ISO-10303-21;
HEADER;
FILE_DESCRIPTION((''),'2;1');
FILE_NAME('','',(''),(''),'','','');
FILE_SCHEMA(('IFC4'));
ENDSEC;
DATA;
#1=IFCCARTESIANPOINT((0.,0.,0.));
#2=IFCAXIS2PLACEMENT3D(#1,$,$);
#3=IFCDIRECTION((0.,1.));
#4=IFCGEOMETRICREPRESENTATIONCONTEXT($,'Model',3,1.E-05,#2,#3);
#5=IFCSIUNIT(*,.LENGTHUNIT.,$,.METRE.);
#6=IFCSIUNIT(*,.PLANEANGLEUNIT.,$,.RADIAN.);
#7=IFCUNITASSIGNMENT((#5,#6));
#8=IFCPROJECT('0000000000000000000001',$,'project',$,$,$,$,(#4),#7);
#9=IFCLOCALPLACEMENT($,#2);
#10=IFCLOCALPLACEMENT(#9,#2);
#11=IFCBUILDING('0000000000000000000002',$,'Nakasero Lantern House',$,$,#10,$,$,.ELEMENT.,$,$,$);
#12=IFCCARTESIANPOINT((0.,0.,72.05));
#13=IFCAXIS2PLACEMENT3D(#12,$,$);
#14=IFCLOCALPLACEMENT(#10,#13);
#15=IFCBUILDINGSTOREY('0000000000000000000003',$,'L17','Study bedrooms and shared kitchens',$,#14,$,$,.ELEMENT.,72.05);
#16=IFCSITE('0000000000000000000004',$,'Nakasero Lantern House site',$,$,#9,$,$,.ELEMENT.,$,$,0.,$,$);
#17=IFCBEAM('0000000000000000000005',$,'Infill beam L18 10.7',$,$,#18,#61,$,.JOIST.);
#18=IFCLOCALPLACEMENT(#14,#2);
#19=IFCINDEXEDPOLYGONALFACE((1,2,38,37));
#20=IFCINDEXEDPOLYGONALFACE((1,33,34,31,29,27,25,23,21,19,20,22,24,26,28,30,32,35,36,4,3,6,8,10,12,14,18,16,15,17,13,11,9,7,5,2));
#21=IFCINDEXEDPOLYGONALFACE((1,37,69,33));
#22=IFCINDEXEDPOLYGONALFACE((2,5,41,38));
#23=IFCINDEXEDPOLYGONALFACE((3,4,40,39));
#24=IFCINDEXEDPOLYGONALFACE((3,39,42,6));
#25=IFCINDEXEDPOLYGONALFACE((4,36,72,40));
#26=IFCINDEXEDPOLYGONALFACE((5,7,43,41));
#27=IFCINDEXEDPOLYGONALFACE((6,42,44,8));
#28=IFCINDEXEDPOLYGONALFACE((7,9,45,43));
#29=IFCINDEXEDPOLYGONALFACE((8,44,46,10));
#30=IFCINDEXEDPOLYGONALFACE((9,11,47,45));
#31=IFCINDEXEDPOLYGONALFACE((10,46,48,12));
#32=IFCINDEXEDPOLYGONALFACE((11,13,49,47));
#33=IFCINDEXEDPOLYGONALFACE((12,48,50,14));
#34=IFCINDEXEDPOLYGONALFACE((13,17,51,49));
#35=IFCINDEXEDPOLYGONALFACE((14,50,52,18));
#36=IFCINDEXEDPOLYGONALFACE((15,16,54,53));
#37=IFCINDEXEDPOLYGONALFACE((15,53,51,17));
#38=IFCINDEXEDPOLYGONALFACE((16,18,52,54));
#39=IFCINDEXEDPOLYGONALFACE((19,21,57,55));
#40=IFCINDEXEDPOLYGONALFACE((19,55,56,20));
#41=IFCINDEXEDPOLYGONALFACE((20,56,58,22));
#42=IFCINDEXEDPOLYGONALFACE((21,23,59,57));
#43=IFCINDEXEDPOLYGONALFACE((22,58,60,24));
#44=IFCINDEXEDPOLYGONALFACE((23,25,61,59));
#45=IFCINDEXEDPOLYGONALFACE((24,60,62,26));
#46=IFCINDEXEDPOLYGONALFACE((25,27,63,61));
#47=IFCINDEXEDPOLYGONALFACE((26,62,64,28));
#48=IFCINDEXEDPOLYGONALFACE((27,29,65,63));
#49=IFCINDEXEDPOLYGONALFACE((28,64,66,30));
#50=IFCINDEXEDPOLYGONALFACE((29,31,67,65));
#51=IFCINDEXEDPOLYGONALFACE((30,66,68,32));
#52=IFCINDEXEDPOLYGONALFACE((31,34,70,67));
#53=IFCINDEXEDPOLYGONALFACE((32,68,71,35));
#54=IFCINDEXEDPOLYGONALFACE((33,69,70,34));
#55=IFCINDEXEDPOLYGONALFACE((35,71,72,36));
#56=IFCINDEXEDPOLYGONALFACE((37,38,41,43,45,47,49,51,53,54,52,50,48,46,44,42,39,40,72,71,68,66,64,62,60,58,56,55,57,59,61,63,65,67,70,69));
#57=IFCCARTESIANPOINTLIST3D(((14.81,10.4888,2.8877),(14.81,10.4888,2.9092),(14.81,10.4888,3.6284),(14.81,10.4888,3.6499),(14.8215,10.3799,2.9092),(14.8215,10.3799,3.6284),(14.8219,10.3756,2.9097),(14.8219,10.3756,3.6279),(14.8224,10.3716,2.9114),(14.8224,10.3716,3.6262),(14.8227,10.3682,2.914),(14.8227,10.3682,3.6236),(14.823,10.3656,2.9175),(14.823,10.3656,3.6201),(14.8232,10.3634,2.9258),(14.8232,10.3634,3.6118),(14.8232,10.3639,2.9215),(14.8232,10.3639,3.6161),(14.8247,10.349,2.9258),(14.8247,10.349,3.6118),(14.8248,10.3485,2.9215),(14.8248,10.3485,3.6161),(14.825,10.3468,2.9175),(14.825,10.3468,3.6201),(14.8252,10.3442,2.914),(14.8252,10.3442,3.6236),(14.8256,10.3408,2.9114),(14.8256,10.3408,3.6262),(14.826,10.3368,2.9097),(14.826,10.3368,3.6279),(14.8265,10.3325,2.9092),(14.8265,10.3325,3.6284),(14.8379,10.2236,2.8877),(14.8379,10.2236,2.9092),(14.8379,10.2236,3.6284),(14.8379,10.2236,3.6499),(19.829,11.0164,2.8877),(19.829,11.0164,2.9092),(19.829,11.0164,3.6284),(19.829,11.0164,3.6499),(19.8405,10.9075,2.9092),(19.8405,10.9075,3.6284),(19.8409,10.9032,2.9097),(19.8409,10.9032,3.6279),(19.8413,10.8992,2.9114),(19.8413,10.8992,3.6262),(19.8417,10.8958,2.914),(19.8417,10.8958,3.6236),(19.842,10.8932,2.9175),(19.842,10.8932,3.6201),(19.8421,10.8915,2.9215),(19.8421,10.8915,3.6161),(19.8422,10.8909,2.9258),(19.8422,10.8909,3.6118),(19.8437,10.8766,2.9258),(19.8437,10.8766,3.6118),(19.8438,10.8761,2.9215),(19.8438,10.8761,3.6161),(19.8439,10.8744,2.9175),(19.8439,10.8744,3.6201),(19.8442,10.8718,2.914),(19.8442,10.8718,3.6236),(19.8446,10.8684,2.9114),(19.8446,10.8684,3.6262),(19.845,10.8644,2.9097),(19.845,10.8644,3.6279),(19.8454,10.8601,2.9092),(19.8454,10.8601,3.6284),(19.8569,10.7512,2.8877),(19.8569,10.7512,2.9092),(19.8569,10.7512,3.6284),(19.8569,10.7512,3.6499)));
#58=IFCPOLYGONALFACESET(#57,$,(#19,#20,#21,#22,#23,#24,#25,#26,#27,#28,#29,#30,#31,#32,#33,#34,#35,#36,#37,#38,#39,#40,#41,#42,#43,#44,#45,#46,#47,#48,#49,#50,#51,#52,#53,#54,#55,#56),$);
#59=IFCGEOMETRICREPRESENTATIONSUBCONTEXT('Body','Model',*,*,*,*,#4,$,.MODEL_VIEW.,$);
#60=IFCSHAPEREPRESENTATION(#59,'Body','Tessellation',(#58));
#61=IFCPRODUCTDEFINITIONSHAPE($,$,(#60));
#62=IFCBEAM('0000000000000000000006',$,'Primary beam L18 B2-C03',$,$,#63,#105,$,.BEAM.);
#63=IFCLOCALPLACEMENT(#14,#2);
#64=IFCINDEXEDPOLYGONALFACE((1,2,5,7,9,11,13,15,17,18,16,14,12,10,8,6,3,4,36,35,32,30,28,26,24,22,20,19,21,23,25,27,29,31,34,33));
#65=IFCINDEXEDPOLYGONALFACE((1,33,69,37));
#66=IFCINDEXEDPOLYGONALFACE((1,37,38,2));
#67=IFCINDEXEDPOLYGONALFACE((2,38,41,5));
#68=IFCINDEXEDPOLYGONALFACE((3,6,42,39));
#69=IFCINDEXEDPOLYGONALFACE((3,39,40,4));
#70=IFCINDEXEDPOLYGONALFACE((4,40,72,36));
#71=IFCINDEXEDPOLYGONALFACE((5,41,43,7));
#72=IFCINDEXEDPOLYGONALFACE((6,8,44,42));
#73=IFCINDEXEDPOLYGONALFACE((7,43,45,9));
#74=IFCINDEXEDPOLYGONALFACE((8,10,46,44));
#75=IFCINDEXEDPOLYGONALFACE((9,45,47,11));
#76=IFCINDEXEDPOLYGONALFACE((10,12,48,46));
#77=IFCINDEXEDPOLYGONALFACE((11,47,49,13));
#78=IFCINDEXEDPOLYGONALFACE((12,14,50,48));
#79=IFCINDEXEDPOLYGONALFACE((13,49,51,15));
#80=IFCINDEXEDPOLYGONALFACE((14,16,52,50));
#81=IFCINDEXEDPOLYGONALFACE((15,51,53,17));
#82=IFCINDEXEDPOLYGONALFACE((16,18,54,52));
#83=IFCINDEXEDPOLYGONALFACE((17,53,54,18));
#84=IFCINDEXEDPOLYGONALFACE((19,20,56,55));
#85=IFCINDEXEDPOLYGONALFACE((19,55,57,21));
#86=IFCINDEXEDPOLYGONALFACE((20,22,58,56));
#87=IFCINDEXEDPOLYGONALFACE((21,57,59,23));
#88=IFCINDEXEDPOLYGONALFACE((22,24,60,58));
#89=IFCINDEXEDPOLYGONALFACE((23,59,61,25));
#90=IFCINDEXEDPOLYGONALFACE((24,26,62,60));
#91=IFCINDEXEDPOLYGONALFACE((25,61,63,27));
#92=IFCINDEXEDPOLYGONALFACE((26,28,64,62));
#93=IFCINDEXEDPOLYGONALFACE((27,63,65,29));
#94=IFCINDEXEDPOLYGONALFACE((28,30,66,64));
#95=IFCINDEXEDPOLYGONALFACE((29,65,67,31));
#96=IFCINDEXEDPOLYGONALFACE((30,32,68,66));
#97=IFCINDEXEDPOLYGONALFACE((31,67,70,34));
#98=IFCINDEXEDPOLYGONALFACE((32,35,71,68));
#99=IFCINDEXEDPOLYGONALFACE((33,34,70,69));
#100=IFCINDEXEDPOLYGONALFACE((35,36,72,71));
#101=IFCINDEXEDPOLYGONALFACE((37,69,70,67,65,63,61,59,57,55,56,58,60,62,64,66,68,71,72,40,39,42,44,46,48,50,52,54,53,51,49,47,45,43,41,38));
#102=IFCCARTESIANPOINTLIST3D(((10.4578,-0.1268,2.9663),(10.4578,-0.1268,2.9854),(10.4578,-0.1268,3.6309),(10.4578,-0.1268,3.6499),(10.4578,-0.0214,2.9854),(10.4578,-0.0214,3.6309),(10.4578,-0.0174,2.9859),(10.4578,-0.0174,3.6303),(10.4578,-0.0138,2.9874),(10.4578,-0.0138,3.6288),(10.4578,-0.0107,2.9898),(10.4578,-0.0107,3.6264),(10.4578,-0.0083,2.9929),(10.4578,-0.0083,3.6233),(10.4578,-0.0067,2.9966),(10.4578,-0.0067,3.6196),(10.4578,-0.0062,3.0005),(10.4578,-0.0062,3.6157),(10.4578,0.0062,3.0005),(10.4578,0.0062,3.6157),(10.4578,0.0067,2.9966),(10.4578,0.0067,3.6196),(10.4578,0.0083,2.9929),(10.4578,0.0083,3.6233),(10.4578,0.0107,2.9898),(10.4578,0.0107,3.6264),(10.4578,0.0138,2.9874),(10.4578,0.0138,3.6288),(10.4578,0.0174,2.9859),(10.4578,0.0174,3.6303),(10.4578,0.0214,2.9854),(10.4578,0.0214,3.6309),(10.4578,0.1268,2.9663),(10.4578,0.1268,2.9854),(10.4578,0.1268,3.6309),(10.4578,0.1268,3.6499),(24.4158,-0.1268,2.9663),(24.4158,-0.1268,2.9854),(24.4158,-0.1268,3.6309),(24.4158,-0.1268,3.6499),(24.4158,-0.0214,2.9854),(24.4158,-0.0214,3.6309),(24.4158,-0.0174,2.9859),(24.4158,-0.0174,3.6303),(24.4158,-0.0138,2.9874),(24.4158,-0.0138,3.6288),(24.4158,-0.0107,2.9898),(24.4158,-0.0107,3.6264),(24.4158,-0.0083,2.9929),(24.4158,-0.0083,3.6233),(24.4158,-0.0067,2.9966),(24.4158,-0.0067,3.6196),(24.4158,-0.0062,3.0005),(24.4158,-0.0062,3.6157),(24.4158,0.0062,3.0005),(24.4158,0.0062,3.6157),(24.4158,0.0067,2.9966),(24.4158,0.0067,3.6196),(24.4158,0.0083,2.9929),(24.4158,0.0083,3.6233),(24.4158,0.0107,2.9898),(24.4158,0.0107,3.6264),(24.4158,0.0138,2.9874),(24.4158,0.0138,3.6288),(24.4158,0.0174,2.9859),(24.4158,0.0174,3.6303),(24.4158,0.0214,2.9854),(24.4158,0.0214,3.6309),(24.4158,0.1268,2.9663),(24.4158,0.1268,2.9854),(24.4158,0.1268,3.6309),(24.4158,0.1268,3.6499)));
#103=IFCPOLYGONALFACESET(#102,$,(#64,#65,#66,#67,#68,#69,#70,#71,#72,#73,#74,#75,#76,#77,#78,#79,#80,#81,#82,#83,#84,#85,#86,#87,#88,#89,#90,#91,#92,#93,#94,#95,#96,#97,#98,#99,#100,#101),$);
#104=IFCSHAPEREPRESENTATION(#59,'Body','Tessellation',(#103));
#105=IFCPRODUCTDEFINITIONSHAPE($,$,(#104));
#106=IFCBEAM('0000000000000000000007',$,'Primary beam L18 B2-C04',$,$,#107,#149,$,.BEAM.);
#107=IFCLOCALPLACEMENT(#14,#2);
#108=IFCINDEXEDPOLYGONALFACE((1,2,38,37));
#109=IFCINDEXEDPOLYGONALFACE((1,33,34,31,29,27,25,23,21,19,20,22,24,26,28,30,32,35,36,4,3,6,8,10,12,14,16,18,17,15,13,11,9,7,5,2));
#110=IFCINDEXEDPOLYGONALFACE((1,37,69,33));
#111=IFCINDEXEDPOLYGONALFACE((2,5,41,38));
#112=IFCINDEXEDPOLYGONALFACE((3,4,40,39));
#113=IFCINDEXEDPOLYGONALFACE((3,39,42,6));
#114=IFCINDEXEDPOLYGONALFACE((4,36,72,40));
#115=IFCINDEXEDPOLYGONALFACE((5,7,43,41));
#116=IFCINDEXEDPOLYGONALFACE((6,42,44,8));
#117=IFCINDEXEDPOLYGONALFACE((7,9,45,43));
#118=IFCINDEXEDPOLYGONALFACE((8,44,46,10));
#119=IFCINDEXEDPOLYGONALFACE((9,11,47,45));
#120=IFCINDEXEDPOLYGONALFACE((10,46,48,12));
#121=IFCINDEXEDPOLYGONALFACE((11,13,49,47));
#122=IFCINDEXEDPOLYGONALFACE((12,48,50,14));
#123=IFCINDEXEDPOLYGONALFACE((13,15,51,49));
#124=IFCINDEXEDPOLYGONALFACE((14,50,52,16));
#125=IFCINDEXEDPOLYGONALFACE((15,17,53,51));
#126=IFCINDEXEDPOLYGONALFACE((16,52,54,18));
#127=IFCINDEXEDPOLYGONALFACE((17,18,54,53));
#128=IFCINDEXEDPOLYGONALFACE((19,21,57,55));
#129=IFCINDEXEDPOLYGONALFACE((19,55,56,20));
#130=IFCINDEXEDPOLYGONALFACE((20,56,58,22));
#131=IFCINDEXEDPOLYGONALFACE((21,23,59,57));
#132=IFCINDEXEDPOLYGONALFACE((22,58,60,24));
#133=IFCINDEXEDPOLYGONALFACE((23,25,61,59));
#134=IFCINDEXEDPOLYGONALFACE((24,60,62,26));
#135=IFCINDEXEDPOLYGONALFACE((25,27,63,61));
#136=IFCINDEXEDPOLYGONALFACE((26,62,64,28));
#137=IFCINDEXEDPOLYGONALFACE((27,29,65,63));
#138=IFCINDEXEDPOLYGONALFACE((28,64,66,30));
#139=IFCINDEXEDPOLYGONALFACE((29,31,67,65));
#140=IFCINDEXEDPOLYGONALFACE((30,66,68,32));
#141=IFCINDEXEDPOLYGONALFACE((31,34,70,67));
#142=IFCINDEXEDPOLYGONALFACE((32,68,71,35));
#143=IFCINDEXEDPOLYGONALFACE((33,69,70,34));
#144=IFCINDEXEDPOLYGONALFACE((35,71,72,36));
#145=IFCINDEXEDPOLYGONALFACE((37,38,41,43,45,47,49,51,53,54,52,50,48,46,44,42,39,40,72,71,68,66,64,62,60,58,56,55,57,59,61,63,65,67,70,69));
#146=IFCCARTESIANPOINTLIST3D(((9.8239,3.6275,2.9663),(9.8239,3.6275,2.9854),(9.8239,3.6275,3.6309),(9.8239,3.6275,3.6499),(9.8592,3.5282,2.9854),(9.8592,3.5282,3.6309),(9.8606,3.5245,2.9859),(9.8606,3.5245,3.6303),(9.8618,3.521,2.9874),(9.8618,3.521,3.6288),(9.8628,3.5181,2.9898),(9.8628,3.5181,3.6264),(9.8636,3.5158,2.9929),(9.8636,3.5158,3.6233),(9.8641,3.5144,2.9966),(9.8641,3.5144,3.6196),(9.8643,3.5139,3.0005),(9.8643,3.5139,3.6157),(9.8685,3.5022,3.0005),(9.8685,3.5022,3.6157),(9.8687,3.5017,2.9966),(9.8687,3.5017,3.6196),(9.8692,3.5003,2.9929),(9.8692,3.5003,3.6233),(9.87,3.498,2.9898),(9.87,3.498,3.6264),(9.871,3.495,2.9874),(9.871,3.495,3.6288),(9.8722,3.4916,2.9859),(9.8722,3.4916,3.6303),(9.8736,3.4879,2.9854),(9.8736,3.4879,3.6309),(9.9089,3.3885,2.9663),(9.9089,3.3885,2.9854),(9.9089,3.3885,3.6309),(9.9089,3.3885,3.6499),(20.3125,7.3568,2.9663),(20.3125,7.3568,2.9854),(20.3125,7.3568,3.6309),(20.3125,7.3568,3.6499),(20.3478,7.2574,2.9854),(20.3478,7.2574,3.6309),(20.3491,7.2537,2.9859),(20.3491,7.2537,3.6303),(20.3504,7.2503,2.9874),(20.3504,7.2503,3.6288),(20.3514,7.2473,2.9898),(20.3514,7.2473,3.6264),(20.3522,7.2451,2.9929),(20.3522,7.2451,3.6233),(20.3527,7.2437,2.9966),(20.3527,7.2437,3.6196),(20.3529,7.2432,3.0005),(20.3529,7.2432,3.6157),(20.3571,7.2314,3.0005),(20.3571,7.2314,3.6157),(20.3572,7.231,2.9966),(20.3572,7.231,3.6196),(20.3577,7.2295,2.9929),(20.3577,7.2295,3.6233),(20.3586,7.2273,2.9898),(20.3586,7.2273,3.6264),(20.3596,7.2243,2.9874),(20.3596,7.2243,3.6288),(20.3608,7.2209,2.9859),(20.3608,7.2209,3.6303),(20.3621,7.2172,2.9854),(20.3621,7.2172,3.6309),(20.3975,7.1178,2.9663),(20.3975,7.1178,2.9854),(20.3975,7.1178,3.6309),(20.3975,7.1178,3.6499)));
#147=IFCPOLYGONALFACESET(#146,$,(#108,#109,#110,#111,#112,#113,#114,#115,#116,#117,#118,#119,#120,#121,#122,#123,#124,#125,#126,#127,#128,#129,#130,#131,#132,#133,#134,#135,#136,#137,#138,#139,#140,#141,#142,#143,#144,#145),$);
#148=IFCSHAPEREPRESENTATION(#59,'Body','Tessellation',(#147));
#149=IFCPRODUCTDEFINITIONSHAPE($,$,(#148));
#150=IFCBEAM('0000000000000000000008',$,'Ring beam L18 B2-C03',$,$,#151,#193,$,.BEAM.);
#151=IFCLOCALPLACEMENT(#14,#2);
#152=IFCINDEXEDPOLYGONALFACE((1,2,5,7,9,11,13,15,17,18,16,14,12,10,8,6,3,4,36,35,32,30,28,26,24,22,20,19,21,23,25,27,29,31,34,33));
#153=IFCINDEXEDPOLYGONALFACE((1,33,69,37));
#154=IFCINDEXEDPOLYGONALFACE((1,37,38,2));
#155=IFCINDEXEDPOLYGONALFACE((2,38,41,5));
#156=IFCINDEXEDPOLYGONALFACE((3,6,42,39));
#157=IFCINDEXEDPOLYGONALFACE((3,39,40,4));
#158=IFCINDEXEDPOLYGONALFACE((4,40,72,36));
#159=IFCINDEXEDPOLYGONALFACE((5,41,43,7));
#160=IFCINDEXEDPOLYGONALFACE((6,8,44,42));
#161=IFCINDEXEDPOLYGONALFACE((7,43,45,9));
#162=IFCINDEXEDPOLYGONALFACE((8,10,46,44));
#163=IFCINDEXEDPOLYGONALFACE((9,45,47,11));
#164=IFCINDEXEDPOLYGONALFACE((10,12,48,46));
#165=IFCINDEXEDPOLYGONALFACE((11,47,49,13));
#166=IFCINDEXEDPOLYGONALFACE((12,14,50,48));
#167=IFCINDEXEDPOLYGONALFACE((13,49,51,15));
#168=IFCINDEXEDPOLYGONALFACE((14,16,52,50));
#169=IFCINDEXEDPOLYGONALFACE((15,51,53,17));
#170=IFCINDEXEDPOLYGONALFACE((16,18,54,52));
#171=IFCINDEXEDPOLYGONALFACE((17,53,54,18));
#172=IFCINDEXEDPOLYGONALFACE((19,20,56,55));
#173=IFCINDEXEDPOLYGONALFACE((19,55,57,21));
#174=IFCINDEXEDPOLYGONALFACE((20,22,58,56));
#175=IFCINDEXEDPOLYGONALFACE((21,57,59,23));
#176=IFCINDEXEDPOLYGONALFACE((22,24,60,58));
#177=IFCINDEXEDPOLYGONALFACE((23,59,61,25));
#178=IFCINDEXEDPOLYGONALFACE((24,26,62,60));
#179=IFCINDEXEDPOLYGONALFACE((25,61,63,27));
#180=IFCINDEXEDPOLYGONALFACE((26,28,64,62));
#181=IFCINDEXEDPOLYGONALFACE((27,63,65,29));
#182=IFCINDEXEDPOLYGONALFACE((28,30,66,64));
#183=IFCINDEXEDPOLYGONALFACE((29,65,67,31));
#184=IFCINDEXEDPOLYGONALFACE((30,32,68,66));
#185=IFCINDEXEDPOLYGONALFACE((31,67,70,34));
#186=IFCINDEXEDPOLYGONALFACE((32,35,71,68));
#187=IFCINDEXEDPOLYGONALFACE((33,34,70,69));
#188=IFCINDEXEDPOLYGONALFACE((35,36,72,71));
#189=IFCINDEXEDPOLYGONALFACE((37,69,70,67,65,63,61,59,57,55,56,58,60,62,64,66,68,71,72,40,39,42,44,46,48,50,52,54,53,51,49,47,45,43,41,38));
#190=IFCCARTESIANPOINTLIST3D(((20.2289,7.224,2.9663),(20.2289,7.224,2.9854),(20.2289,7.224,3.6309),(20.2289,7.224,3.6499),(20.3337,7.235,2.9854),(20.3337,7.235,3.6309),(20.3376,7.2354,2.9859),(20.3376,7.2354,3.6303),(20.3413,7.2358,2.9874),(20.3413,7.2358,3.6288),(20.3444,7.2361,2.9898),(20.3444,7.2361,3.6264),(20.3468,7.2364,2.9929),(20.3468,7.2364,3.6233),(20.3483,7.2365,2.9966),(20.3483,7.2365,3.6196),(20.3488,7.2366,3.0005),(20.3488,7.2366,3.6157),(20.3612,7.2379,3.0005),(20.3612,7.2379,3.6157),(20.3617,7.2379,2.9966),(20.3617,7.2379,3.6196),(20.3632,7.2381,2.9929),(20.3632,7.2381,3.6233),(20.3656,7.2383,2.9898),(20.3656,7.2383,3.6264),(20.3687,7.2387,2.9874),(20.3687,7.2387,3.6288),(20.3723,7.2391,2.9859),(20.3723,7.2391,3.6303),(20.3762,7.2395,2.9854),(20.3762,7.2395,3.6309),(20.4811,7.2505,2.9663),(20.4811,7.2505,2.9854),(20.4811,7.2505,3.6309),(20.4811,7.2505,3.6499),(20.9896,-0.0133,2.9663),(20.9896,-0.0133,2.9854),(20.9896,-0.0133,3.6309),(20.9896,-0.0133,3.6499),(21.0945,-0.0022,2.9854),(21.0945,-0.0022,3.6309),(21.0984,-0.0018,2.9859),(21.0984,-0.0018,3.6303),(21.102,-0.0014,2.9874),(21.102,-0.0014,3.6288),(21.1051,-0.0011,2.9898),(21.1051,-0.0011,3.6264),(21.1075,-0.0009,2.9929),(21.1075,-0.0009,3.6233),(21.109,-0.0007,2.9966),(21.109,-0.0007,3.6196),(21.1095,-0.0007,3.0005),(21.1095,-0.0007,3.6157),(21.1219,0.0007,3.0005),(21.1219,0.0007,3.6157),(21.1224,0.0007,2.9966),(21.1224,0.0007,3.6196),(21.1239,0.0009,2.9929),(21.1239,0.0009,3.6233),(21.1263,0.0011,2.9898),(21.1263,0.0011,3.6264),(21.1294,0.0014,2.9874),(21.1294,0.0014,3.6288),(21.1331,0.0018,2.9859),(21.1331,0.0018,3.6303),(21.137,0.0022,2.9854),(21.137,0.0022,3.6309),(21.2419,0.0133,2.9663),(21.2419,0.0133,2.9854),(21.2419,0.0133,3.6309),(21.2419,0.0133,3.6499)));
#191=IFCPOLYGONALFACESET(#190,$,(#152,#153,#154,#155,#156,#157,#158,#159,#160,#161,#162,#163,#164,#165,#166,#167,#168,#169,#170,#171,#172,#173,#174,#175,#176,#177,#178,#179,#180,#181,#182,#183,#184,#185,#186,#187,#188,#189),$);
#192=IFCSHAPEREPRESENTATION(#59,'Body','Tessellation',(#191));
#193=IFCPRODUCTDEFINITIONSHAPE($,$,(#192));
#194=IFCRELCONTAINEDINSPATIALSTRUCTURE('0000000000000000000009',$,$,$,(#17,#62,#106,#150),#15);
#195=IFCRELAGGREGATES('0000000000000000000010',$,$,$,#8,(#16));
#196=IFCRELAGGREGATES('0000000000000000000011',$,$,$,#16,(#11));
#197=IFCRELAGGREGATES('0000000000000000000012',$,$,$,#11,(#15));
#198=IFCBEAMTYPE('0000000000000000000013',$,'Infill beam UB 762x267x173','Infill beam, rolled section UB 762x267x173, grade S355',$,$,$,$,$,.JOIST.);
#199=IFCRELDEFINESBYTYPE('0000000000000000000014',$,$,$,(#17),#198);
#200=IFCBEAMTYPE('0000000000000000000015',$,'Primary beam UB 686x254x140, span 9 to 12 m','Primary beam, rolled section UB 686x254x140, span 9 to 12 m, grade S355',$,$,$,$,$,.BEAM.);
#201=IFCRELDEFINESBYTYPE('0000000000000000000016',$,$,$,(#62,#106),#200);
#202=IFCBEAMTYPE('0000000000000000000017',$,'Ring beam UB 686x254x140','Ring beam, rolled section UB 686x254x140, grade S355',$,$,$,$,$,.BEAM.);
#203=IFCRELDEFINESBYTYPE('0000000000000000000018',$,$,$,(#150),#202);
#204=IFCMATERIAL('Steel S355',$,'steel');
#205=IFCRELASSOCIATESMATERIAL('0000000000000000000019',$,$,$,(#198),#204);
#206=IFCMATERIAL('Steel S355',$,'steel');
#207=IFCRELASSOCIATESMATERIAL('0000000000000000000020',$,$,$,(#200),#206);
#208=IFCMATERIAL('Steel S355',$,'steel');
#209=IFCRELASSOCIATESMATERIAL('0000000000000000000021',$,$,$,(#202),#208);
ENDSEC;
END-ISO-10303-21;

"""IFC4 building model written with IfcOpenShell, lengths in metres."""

from ifc_helpers import new_model, si_unit, direction, frame, origin, origin_2d, place, context, subcontext, project, spatial, i_section, extrude, material, material_profile, profile_set, type_object, element, save


model = new_model("IFC4")

# Units and contexts
model_context = context("Model", 3, precision=1e-05, world=origin(), true_north=direction((0.0, 1.0)))
body_context = subcontext(model_context, "Body", "Model", "MODEL_VIEW")
ifc_project = project(units=[si_unit("LENGTHUNIT", "METRE"), si_unit("PLANEANGLEUNIT", "RADIAN")], contexts=[model_context])

# Site, building, storey
site_placement = place(None, origin())
site = spatial("IfcSite", under=ifc_project, at=site_placement, Name="Nakasero Lantern House site", CompositionType="ELEMENT", RefElevation=0.0)
building_placement = place(site_placement, origin())
building = spatial("IfcBuilding", under=site, at=building_placement, Name="Nakasero Lantern House", CompositionType="ELEMENT")
storey_placement = place(building_placement, frame((0.0, 0.0, 72.05)))
storey = spatial("IfcBuildingStorey", under=building, at=storey_placement, Name="L17", Description="Study bedrooms and shared kitchens", CompositionType="ELEMENT", Elevation=72.05)

# Beams
ifc_material_1 = material(Name="Steel S355", Category="steel")
ifc_material_profile_1 = material_profile(ifc_material_1, i_section(OverallWidth=0.2666, OverallDepth=0.7622, WebThickness=0.0144, FlangeThickness=0.0215, FilletRadius=0.0166, at=origin_2d()), Name="UB 762x267x173")
ifc_profile_set_1 = profile_set([ifc_material_profile_1], Name="Steel S355")
beam_type_1 = type_object("IfcBeamType", Name="Infill beam UB 762x267x173", Description="Infill beam, rolled section UB 762x267x173, grade S355", PredefinedType="JOIST", material=ifc_profile_set_1)
beam_1_placement = place(storey_placement, frame((14.824, 10.3562, 3.2688), z_axis=(0.994521, 0.104541, 0.0), x_axis=(-0.104541, 0.994521, 0.0)))
element("IfcBeam", 1, at=beam_1_placement, inside=storey, type_object=beam_type_1, Name="Infill beam L18 10.7", PredefinedType="JOIST", context=body_context, shape_type="SweptSolid", body=[
    extrude(i_section(OverallWidth=0.2666, OverallDepth=0.7622, WebThickness=0.0144, FlangeThickness=0.0215, FilletRadius=0.0166, at=origin_2d()), origin(), (0.0, 0.0, 1.0), 5.0466),
])
ifc_material_2 = material(Name="Steel S355", Category="steel")
ifc_material_profile_2 = material_profile(ifc_material_2, i_section(OverallWidth=0.2537, OverallDepth=0.6836, WebThickness=0.0125, FlangeThickness=0.019, FilletRadius=0.0151, at=origin_2d()), Name="UB 686x254x140")
ifc_profile_set_2 = profile_set([ifc_material_profile_2], Name="Steel S355")
beam_type_2 = type_object("IfcBeamType", Name="Primary beam UB 686x254x140, span 9 to 12 m", Description="Primary beam, rolled section UB 686x254x140, span 9 to 12 m, grade S355", PredefinedType="BEAM", material=ifc_profile_set_2)
beam_2_placement = place(storey_placement, frame((24.4158, 0.0, 3.3081), z_axis=(-1.0, 0.0, 0.0), x_axis=(0.0, -1.0, 0.0)))
element("IfcBeam", 2, at=beam_2_placement, inside=storey, type_object=beam_type_2, Name="Primary beam L18 B2-C03", PredefinedType="BEAM", context=body_context, shape_type="SweptSolid", body=[
    extrude(i_section(OverallWidth=0.2537, OverallDepth=0.6836, WebThickness=0.0125, FlangeThickness=0.019, FilletRadius=0.0151, at=origin_2d()), origin(), (0.0, 0.0, 1.0), 13.958),
])
beam_3_placement = place(storey_placement, frame((20.355, 7.2373, 3.3081), z_axis=(-0.942215, -0.335009, 0.0), x_axis=(0.335009, -0.942215, 0.0)))
element("IfcBeam", 3, at=beam_3_placement, inside=storey, type_object=beam_type_2, Name="Primary beam L18 B2-C04", PredefinedType="BEAM", context=body_context, shape_type="SweptSolid", body=[
    extrude(i_section(OverallWidth=0.2537, OverallDepth=0.6836, WebThickness=0.0125, FlangeThickness=0.019, FilletRadius=0.0151, at=origin_2d()), origin(), (0.0, 0.0, 1.0), 11.1318),
])
ifc_material_3 = material(Name="Steel S355", Category="steel")
ifc_material_profile_3 = material_profile(ifc_material_3, i_section(OverallWidth=0.2537, OverallDepth=0.6836, WebThickness=0.0125, FlangeThickness=0.019, FilletRadius=0.0151, at=origin_2d()), Name="UB 686x254x140")
ifc_profile_set_3 = profile_set([ifc_material_profile_3], Name="Steel S355")
beam_type_3 = type_object("IfcBeamType", Name="Ring beam UB 686x254x140", Description="Ring beam, rolled section UB 686x254x140, grade S355", PredefinedType="BEAM", material=ifc_profile_set_3)
beam_4_placement = place(storey_placement, frame((21.1157, 0.0, 3.3081), z_axis=(-0.104538, 0.994521, 0.0), x_axis=(-0.994521, -0.104538, 0.0)))
element("IfcBeam", 4, at=beam_4_placement, inside=storey, type_object=beam_type_3, Name="Ring beam L18 B2-C03", PredefinedType="BEAM", context=body_context, shape_type="SweptSolid", body=[
    extrude(i_section(OverallWidth=0.2537, OverallDepth=0.6836, WebThickness=0.0125, FlangeThickness=0.019, FilletRadius=0.0151, at=origin_2d()), origin(), (0.0, 0.0, 1.0), 7.2771),
])

save(model, "model.ifc")
